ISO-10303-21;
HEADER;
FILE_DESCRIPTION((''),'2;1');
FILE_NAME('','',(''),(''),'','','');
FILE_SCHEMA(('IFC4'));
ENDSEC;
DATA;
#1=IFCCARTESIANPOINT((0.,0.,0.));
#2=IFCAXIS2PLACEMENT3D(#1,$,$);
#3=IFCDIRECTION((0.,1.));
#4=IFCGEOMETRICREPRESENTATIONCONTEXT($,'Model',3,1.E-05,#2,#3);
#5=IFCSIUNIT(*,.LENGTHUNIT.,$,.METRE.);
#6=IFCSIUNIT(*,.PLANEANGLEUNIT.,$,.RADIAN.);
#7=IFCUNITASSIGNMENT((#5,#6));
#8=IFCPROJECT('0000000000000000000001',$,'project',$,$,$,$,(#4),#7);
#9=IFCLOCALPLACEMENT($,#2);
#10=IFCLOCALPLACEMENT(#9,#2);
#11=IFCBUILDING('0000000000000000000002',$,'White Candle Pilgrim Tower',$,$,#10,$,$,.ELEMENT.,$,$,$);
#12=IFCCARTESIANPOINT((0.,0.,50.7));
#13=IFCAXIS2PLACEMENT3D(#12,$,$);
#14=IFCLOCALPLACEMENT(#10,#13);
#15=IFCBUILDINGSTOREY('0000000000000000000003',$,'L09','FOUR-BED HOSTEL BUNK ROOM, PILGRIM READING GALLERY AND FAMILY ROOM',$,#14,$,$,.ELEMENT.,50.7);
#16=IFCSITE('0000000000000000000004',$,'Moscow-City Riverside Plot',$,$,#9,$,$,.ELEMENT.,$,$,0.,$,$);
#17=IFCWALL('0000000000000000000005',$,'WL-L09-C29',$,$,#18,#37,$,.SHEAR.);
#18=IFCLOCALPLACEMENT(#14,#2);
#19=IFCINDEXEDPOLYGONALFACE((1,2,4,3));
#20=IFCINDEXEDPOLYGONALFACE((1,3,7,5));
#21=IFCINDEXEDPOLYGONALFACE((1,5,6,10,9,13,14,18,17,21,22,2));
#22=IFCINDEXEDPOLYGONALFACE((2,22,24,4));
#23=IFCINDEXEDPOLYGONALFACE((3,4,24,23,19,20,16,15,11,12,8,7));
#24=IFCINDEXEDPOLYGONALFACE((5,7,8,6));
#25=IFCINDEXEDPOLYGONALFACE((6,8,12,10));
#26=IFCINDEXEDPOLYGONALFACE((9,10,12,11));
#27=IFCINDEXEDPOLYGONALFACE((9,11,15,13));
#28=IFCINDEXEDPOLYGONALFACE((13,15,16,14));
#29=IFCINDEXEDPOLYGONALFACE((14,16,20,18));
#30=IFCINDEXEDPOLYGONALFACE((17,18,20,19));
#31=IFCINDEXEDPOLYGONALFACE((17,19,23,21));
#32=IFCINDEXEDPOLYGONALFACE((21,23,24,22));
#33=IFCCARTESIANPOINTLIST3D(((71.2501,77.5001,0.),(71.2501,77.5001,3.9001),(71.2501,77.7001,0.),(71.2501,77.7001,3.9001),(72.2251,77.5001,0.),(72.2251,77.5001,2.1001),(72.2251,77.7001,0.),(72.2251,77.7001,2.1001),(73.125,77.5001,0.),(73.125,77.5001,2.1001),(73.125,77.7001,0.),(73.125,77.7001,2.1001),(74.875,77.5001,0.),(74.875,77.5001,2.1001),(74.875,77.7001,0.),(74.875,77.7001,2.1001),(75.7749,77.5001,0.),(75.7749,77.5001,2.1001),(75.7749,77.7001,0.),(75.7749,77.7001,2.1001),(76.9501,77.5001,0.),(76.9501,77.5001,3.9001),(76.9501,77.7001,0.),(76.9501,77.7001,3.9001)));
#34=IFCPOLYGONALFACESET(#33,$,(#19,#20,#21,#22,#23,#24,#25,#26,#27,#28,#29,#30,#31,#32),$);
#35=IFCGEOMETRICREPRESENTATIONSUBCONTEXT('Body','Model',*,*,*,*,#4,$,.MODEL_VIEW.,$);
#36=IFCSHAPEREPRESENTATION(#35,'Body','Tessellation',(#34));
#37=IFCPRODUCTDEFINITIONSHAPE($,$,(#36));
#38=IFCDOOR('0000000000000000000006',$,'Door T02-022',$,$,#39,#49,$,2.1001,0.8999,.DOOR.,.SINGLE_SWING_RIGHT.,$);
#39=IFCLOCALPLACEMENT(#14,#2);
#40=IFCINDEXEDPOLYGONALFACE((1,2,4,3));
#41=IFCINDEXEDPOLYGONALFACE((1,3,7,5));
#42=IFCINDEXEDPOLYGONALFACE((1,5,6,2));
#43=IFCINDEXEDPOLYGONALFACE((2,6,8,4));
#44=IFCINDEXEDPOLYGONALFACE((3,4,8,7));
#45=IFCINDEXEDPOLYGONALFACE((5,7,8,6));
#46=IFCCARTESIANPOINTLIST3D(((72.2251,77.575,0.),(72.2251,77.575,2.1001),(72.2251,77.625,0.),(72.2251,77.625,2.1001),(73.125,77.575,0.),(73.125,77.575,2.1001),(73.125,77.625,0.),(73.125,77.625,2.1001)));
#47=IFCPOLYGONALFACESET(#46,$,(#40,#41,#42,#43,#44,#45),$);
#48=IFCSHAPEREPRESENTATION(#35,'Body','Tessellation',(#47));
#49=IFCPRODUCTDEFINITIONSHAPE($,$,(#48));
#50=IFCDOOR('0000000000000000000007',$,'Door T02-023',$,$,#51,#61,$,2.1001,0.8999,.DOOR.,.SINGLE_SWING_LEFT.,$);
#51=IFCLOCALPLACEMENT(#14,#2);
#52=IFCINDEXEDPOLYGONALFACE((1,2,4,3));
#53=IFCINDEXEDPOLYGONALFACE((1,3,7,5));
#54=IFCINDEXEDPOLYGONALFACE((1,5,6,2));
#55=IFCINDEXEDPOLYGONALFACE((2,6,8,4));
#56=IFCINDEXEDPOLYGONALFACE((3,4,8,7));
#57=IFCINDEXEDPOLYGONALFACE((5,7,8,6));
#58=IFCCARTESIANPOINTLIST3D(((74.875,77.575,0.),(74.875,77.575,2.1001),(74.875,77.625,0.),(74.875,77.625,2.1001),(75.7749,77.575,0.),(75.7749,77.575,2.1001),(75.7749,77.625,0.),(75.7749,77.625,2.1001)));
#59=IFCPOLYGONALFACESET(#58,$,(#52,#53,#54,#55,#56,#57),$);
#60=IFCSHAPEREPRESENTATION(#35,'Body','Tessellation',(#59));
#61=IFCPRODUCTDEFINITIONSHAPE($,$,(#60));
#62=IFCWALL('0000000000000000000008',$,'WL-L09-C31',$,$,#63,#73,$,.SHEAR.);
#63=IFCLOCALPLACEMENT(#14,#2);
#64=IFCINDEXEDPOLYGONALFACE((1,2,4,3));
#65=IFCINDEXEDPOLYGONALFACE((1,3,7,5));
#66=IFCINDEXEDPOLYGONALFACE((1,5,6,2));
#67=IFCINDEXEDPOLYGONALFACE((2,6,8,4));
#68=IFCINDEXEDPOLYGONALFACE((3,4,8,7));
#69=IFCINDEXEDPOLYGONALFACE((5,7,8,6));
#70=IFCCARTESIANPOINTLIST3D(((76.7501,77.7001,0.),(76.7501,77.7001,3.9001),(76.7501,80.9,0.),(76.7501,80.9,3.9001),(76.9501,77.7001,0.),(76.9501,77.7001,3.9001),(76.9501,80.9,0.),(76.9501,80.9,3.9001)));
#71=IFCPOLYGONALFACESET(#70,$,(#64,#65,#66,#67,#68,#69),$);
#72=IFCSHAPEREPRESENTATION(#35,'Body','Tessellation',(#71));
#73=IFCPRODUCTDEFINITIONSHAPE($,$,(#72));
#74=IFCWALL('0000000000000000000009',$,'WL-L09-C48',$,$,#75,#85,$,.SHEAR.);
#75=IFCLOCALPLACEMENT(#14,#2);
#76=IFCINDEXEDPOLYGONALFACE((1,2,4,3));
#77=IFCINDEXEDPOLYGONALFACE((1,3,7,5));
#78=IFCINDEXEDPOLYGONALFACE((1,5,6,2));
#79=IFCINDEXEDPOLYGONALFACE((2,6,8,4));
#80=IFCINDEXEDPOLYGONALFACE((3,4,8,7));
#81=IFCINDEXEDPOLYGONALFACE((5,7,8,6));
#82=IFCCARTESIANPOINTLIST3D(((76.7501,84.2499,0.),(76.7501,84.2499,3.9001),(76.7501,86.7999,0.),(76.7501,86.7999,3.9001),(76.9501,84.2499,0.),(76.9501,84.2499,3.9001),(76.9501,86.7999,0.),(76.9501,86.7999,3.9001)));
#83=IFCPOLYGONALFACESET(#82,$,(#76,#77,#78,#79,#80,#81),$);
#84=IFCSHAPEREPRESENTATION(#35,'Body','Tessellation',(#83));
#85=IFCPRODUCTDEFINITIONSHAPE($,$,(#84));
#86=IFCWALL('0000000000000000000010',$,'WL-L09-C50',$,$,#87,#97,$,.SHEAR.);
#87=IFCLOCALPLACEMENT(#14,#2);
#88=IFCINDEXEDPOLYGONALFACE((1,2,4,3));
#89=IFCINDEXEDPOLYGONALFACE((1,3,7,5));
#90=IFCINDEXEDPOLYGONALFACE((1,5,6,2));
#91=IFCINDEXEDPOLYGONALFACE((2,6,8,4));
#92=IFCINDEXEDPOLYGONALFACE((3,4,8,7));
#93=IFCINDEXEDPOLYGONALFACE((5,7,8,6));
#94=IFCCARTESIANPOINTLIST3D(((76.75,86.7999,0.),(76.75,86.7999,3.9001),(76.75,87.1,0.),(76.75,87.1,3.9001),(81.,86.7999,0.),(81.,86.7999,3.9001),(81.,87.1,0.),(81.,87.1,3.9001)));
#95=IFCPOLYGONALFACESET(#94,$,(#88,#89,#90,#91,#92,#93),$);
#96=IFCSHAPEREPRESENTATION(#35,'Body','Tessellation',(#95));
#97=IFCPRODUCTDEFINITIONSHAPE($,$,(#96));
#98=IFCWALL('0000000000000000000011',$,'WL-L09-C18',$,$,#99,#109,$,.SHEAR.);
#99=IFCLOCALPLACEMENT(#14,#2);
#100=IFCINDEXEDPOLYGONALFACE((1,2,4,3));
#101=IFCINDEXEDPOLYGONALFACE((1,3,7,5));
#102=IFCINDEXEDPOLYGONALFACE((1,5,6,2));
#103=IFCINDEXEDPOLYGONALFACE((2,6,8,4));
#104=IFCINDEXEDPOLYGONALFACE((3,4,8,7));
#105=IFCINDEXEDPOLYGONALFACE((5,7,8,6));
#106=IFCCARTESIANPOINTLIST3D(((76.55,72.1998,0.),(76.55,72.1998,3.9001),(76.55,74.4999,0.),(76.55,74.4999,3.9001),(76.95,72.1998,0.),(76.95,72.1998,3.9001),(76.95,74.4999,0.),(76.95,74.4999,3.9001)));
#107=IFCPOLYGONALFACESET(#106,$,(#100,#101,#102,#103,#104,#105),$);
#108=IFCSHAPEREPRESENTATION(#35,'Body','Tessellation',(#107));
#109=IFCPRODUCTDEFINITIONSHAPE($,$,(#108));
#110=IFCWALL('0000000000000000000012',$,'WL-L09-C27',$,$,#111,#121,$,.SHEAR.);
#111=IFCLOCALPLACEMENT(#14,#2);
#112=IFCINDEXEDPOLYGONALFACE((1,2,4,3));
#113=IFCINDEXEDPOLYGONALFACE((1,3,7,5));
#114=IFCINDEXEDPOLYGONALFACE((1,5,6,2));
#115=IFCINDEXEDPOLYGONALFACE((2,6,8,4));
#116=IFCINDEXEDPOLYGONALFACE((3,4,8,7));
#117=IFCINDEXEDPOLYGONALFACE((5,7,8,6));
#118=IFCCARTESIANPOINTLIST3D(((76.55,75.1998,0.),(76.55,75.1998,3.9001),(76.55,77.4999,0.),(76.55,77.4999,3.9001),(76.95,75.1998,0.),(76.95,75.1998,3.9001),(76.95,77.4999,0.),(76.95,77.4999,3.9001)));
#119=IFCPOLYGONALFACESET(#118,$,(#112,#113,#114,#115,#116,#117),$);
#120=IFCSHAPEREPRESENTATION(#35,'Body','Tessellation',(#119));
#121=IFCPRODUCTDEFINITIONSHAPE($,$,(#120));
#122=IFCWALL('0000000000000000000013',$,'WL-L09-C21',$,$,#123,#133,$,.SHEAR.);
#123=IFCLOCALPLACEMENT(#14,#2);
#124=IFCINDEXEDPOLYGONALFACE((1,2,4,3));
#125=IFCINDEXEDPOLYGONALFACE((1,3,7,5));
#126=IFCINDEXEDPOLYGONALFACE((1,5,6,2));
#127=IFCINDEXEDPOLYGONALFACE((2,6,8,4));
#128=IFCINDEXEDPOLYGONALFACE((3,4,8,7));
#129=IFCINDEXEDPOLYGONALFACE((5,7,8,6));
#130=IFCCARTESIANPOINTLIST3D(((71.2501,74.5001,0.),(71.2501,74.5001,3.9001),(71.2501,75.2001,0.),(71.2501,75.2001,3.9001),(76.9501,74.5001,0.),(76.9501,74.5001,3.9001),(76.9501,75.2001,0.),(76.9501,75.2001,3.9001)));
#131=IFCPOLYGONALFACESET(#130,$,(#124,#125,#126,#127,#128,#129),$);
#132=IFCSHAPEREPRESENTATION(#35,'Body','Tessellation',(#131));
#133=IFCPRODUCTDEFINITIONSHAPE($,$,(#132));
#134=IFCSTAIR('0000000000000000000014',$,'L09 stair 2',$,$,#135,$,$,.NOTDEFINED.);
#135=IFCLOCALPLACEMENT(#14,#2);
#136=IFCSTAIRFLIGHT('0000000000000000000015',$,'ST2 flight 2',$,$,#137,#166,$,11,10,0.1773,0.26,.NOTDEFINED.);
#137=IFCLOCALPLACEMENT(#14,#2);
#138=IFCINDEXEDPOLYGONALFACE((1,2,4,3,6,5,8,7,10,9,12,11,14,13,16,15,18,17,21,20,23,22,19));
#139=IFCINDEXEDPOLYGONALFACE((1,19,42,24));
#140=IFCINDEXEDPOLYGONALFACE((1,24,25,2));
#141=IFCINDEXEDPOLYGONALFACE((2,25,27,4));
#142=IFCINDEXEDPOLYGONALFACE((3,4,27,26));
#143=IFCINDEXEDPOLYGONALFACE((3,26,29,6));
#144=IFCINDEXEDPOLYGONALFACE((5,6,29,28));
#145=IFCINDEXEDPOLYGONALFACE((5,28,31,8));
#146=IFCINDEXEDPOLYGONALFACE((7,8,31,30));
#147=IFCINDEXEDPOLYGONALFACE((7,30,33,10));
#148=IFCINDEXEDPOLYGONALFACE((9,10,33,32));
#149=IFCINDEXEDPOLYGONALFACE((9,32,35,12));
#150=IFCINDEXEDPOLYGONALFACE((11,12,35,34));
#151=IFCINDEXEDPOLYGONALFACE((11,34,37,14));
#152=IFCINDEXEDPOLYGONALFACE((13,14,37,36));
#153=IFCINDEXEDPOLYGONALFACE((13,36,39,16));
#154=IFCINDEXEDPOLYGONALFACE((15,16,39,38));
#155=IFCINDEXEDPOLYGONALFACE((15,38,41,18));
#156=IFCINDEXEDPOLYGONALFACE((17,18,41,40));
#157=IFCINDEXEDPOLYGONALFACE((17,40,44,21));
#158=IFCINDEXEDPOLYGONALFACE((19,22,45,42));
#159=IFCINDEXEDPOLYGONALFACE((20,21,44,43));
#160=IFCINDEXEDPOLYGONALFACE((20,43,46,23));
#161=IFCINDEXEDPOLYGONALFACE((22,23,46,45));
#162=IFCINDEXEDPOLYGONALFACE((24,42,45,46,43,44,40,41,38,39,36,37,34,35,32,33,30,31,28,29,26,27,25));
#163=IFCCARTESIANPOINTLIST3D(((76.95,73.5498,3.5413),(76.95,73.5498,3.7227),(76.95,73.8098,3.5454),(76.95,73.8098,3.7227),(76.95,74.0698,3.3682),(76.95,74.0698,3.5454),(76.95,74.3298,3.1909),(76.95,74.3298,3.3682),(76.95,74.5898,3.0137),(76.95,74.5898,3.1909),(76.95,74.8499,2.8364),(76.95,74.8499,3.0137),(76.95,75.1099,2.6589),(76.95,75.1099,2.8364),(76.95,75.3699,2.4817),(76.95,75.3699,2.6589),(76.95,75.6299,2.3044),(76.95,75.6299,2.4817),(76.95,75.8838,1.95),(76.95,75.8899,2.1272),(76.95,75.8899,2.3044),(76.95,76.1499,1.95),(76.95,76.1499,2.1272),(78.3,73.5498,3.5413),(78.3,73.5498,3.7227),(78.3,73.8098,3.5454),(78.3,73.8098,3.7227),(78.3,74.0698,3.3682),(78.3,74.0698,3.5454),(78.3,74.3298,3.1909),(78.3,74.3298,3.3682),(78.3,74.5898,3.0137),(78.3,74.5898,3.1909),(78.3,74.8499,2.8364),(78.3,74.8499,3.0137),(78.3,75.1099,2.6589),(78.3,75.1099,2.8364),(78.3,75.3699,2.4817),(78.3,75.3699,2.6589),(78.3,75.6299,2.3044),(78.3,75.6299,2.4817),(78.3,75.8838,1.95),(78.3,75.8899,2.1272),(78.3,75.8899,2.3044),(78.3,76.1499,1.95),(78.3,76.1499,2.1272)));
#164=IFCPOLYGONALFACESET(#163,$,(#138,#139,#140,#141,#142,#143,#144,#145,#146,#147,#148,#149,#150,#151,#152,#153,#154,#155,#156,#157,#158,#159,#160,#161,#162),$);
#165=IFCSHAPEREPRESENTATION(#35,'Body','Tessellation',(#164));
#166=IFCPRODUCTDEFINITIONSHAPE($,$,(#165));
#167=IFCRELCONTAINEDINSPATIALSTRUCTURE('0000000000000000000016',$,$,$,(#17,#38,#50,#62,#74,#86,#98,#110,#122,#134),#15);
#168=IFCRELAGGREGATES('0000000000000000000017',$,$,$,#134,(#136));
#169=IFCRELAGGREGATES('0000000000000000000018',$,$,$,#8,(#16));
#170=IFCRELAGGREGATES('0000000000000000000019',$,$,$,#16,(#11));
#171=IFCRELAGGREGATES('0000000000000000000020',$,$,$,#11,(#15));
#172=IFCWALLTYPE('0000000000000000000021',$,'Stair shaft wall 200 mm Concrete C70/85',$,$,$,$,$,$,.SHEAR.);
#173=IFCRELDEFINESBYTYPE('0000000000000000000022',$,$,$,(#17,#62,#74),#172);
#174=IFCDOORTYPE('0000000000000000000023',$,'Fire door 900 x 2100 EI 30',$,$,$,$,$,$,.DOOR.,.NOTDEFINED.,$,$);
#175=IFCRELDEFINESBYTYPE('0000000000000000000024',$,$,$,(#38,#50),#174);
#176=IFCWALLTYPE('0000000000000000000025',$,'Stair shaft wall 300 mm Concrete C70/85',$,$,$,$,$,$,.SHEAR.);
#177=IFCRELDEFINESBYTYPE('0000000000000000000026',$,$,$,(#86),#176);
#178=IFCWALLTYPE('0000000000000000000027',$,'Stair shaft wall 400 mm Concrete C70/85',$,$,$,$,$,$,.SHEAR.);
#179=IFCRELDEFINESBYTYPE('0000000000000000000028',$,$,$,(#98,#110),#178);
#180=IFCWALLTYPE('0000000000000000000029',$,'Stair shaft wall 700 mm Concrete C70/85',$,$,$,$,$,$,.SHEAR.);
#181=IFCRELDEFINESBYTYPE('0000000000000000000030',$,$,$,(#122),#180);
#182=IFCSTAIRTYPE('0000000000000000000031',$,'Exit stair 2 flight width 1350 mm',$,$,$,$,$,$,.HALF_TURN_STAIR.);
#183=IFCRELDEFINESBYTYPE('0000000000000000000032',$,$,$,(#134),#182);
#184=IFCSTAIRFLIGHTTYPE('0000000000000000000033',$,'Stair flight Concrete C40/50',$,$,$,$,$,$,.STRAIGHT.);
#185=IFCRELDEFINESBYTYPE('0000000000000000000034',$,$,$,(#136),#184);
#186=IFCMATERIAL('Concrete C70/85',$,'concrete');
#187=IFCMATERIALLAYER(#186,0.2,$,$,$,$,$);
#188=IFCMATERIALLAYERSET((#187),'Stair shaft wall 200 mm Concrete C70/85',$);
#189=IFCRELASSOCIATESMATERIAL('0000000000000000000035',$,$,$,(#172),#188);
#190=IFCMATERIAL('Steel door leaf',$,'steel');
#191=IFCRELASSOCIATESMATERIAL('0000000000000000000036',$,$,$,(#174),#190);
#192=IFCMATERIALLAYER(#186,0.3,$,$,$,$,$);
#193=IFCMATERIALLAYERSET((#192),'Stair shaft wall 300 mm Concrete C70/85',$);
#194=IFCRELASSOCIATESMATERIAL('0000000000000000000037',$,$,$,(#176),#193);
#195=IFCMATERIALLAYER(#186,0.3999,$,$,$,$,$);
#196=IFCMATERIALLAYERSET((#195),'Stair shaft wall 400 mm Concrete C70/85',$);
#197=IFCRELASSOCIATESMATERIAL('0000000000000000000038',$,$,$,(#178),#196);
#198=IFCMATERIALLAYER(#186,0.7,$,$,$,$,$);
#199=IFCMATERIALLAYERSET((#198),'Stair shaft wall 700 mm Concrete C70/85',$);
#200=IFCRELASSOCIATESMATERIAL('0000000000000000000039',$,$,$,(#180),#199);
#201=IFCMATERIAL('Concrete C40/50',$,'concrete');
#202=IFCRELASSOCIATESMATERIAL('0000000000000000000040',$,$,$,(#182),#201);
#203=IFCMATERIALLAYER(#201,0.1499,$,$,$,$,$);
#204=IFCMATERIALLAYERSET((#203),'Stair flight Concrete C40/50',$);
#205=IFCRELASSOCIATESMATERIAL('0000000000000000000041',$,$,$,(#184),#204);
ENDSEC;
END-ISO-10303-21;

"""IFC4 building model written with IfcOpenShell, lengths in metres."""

from ifc_helpers import new_model, si_unit, direction, frame, frame_2d, origin, place, context, subcontext, project, spatial, polyline, rectangle, outline, extrude, material, layer, layer_set, type_object, element, fill, aggregate, save


model = new_model("IFC4")

# Units and contexts
model_context = context("Model", 3, precision=1e-05, world=origin(), true_north=direction((0.0, 1.0)))
body_context = subcontext(model_context, "Body", "Model", "MODEL_VIEW")
ifc_project = project(units=[si_unit("LENGTHUNIT", "METRE"), si_unit("PLANEANGLEUNIT", "RADIAN")], contexts=[model_context])

# Site, building, storey
site_placement = place(None, origin())
site = spatial("IfcSite", under=ifc_project, at=site_placement, Name="Moscow-City Riverside Plot", CompositionType="ELEMENT", RefElevation=0.0)
building_placement = place(site_placement, origin())
building = spatial("IfcBuilding", under=site, at=building_placement, Name="White Candle Pilgrim Tower", CompositionType="ELEMENT")
storey_placement = place(building_placement, frame((0.0, 0.0, 50.7)))
storey = spatial("IfcBuildingStorey", under=building, at=storey_placement, Name="L09", Description="FOUR-BED HOSTEL BUNK ROOM, PILGRIM READING GALLERY AND FAMILY ROOM", CompositionType="ELEMENT", Elevation=50.7)

# Shared definitions
ifc_material_1 = material(Name="Concrete C70/85", Category="concrete")

# Wall, openings, doors
ifc_layer_1 = layer(ifc_material_1, 0.2)
ifc_layer_set_1 = layer_set([ifc_layer_1], Name="Stair shaft wall 200 mm Concrete C70/85")
wall_type_1 = type_object("IfcWallType", Name="Stair shaft wall 200 mm Concrete C70/85", PredefinedType="SHEAR", material=ifc_layer_set_1)
wall_1_placement = place(storey_placement, frame((71.25, 77.6001, 0.0), z_axis=(0.0, 0.0, 1.0), x_axis=(1.0, 0.0, 0.0)))
wall_1 = element("IfcWall", 1, at=wall_1_placement, inside=storey, type_object=wall_type_1, Name="WL-L09-C29", PredefinedType="SHEAR", context=body_context, shape_type="SweptSolid", body=[
    extrude(rectangle(XDim=5.7, YDim=0.2, at=frame_2d((2.8501, 0.0))), origin(), (0.0, 0.0, 1.0), 3.9001),
])
opening_1_placement = place(wall_1_placement, frame((0.9751, 0.0, 0.0)))
opening_1 = element("IfcOpeningElement", 2, at=opening_1_placement, cuts=wall_1, PredefinedType="OPENING", context=body_context, shape_type="SweptSolid", body=[
    extrude(rectangle(XDim=0.8999, YDim=2.1001, at=frame_2d((0.45, 1.05))), frame((0.0, 0.1099, 0.0), z_axis=(0.0, -1.0, 0.0), x_axis=(1.0, 0.0, 0.0)), (0.0, 0.0, 1.0), 0.22),
])
opening_2_placement = place(wall_1_placement, frame((3.625, 0.0, 0.0)))
opening_2 = element("IfcOpeningElement", 3, at=opening_2_placement, cuts=wall_1, PredefinedType="OPENING", context=body_context, shape_type="SweptSolid", body=[
    extrude(rectangle(XDim=0.8999, YDim=2.1001, at=frame_2d((0.45, 1.05))), frame((0.0, 0.1099, 0.0), z_axis=(0.0, -1.0, 0.0), x_axis=(1.0, 0.0, 0.0)), (0.0, 0.0, 1.0), 0.22),
])
ifc_material_2 = material(Name="Steel door leaf", Category="steel")
door_type = type_object("IfcDoorType", Name="Fire door 900 x 2100 EI 30", OperationType="NOTDEFINED", PredefinedType="DOOR", material=ifc_material_2)
door_1_placement = place(opening_1_placement, origin())
door_1 = element("IfcDoor", 4, at=door_1_placement, inside=storey, type_object=door_type, Name="Door T02-022", OperationType="SINGLE_SWING_RIGHT", OverallHeight=2.1001, OverallWidth=0.8999, PredefinedType="DOOR", context=body_context, shape_type="SweptSolid", body=[
    extrude(rectangle(XDim=0.8999, YDim=2.1001, at=frame_2d((0.45, 1.05))), frame((0.0, 0.0249, 0.0), z_axis=(0.0, -1.0, 0.0), x_axis=(1.0, 0.0, 0.0)), (0.0, 0.0, 1.0), 0.05),
])
fill(opening_1, door_1)
door_2_placement = place(opening_2_placement, origin())
door_2 = element("IfcDoor", 5, at=door_2_placement, inside=storey, type_object=door_type, Name="Door T02-023", OperationType="SINGLE_SWING_LEFT", OverallHeight=2.1001, OverallWidth=0.8999, PredefinedType="DOOR", context=body_context, shape_type="SweptSolid", body=[
    extrude(rectangle(XDim=0.8999, YDim=2.1001, at=frame_2d((0.45, 1.05))), frame((0.0, 0.0249, 0.0), z_axis=(0.0, -1.0, 0.0), x_axis=(1.0, 0.0, 0.0)), (0.0, 0.0, 1.0), 0.05),
])
fill(opening_2, door_2)

# Walls
wall_2_placement = place(storey_placement, frame((76.8501, 77.7, 0.0), z_axis=(0.0, 0.0, 1.0), x_axis=(0.0, 1.0, 0.0)))
element("IfcWall", 6, at=wall_2_placement, inside=storey, type_object=wall_type_1, Name="WL-L09-C31", PredefinedType="SHEAR", context=body_context, shape_type="SweptSolid", body=[
    extrude(rectangle(XDim=3.2, YDim=0.2, at=frame_2d((1.6001, 0.0))), origin(), (0.0, 0.0, 1.0), 3.9001),
])
wall_3_placement = place(storey_placement, frame((76.8501, 84.25, 0.0), z_axis=(0.0, 0.0, 1.0), x_axis=(0.0, 1.0, 0.0)))
element("IfcWall", 7, at=wall_3_placement, inside=storey, type_object=wall_type_1, Name="WL-L09-C48", PredefinedType="SHEAR", context=body_context, shape_type="SweptSolid", body=[
    extrude(rectangle(XDim=2.55, YDim=0.2, at=frame_2d((1.2749, 0.0))), origin(), (0.0, 0.0, 1.0), 3.9001),
])
ifc_layer_2 = layer(ifc_material_1, 0.3)
ifc_layer_set_2 = layer_set([ifc_layer_2], Name="Stair shaft wall 300 mm Concrete C70/85")
wall_type_2 = type_object("IfcWallType", Name="Stair shaft wall 300 mm Concrete C70/85", PredefinedType="SHEAR", material=ifc_layer_set_2)
wall_4_placement = place(storey_placement, frame((76.75, 86.95, 0.0), z_axis=(0.0, 0.0, 1.0), x_axis=(1.0, 0.0, 0.0)))
element("IfcWall", 8, at=wall_4_placement, inside=storey, type_object=wall_type_2, Name="WL-L09-C50", PredefinedType="SHEAR", context=body_context, shape_type="SweptSolid", body=[
    extrude(rectangle(XDim=4.25, YDim=0.3, at=frame_2d((2.125, 0.0))), origin(), (0.0, 0.0, 1.0), 3.9001),
])
ifc_layer_3 = layer(ifc_material_1, 0.3999)
ifc_layer_set_3 = layer_set([ifc_layer_3], Name="Stair shaft wall 400 mm Concrete C70/85")
wall_type_3 = type_object("IfcWallType", Name="Stair shaft wall 400 mm Concrete C70/85", PredefinedType="SHEAR", material=ifc_layer_set_3)
for number, where, z_axis, x_axis, name in (
    (9, (76.75, 72.2, 0.0), (0.0, 0.0, 1.0), (0.0, 1.0, 0.0), "WL-L09-C18"),
    (10, (76.75, 75.2, 0.0), (0.0, 0.0, 1.0), (0.0, 1.0, 0.0), "WL-L09-C27"),
):
    element("IfcWall", number, at=place(storey_placement, frame(where, z_axis=z_axis, x_axis=x_axis)), inside=storey, type_object=wall_type_3, Name=name, PredefinedType="SHEAR", context=body_context, shape_type="SweptSolid", body=[
        extrude(rectangle(XDim=2.3, YDim=0.3999, at=frame_2d((1.1499, 0.0))), origin(), (0.0, 0.0, 1.0), 3.9001),
    ])
ifc_layer_4 = layer(ifc_material_1, 0.7)
ifc_layer_set_4 = layer_set([ifc_layer_4], Name="Stair shaft wall 700 mm Concrete C70/85")
wall_type_4 = type_object("IfcWallType", Name="Stair shaft wall 700 mm Concrete C70/85", PredefinedType="SHEAR", material=ifc_layer_set_4)
wall_5_placement = place(storey_placement, frame((71.25, 74.8501, 0.0), z_axis=(0.0, 0.0, 1.0), x_axis=(1.0, 0.0, 0.0)))
element("IfcWall", 11, at=wall_5_placement, inside=storey, type_object=wall_type_4, Name="WL-L09-C21", PredefinedType="SHEAR", context=body_context, shape_type="SweptSolid", body=[
    extrude(rectangle(XDim=5.7, YDim=0.7, at=frame_2d((2.8501, 0.0))), origin(), (0.0, 0.0, 1.0), 3.9001),
])

# Stair, stair flight
ifc_material_3 = material(Name="Concrete C40/50", Category="concrete")
stair_type_1 = type_object("IfcStairType", Name="Exit stair 2 flight width 1350 mm", PredefinedType="HALF_TURN_STAIR", material=ifc_material_3)
stair_1_placement = place(storey_placement, origin())
stair_1 = element("IfcStair", 12, at=stair_1_placement, inside=storey, type_object=stair_type_1, Name="L09 stair 2", PredefinedType="NOTDEFINED")
ifc_layer_5 = layer(ifc_material_3, 0.1499)
ifc_layer_set_5 = layer_set([ifc_layer_5], Name="Stair flight Concrete C40/50")
stair_flight_type = type_object("IfcStairFlightType", Name="Stair flight Concrete C40/50", PredefinedType="STRAIGHT", material=ifc_layer_set_5)
stair_flight_1_placement = place(storey_placement, frame((77.625, 76.1499, 1.95), z_axis=(0.0, 0.0, 1.0), x_axis=(0.0, -1.0, 0.0)))
stair_flight_1 = element("IfcStairFlight", 13, at=stair_flight_1_placement, type_object=stair_flight_type, Name="ST2 flight 2", NumberOfRisers=11, NumberOfTreads=10, PredefinedType="NOTDEFINED", RiserHeight=0.1773, TreadLength=0.26, context=body_context, shape_type="SweptSolid", body=[
    extrude(outline(polyline([(0.0, 0.0), (0.0, 0.1772), (0.26, 0.1772), (0.26, 0.3545), (0.52, 0.3545), (0.52, 0.5317), (0.78, 0.5317), (0.78, 0.709), (1.04, 0.709), (1.04, 0.8865), (1.3, 0.8865), (1.3, 1.0637), (1.5601, 1.0637), (1.5601, 1.241), (1.8201, 1.241), (1.8201, 1.4182), (2.0801, 1.4182), (2.0801, 1.5955), (2.3401, 1.5955), (2.3401, 1.7727), (2.6001, 1.7727), (2.6001, 1.95), (2.6001, 1.5913), (0.2661, 0.0), (0.0, 0.0)])), frame((0.0, 0.675, 0.0), z_axis=(0.0, -1.0, 0.0), x_axis=(1.0, 0.0, 0.0)), (0.0, 0.0, 1.0), 1.3501),
])
aggregate(stair_1, [stair_flight_1])

save(model, "model.ifc")
